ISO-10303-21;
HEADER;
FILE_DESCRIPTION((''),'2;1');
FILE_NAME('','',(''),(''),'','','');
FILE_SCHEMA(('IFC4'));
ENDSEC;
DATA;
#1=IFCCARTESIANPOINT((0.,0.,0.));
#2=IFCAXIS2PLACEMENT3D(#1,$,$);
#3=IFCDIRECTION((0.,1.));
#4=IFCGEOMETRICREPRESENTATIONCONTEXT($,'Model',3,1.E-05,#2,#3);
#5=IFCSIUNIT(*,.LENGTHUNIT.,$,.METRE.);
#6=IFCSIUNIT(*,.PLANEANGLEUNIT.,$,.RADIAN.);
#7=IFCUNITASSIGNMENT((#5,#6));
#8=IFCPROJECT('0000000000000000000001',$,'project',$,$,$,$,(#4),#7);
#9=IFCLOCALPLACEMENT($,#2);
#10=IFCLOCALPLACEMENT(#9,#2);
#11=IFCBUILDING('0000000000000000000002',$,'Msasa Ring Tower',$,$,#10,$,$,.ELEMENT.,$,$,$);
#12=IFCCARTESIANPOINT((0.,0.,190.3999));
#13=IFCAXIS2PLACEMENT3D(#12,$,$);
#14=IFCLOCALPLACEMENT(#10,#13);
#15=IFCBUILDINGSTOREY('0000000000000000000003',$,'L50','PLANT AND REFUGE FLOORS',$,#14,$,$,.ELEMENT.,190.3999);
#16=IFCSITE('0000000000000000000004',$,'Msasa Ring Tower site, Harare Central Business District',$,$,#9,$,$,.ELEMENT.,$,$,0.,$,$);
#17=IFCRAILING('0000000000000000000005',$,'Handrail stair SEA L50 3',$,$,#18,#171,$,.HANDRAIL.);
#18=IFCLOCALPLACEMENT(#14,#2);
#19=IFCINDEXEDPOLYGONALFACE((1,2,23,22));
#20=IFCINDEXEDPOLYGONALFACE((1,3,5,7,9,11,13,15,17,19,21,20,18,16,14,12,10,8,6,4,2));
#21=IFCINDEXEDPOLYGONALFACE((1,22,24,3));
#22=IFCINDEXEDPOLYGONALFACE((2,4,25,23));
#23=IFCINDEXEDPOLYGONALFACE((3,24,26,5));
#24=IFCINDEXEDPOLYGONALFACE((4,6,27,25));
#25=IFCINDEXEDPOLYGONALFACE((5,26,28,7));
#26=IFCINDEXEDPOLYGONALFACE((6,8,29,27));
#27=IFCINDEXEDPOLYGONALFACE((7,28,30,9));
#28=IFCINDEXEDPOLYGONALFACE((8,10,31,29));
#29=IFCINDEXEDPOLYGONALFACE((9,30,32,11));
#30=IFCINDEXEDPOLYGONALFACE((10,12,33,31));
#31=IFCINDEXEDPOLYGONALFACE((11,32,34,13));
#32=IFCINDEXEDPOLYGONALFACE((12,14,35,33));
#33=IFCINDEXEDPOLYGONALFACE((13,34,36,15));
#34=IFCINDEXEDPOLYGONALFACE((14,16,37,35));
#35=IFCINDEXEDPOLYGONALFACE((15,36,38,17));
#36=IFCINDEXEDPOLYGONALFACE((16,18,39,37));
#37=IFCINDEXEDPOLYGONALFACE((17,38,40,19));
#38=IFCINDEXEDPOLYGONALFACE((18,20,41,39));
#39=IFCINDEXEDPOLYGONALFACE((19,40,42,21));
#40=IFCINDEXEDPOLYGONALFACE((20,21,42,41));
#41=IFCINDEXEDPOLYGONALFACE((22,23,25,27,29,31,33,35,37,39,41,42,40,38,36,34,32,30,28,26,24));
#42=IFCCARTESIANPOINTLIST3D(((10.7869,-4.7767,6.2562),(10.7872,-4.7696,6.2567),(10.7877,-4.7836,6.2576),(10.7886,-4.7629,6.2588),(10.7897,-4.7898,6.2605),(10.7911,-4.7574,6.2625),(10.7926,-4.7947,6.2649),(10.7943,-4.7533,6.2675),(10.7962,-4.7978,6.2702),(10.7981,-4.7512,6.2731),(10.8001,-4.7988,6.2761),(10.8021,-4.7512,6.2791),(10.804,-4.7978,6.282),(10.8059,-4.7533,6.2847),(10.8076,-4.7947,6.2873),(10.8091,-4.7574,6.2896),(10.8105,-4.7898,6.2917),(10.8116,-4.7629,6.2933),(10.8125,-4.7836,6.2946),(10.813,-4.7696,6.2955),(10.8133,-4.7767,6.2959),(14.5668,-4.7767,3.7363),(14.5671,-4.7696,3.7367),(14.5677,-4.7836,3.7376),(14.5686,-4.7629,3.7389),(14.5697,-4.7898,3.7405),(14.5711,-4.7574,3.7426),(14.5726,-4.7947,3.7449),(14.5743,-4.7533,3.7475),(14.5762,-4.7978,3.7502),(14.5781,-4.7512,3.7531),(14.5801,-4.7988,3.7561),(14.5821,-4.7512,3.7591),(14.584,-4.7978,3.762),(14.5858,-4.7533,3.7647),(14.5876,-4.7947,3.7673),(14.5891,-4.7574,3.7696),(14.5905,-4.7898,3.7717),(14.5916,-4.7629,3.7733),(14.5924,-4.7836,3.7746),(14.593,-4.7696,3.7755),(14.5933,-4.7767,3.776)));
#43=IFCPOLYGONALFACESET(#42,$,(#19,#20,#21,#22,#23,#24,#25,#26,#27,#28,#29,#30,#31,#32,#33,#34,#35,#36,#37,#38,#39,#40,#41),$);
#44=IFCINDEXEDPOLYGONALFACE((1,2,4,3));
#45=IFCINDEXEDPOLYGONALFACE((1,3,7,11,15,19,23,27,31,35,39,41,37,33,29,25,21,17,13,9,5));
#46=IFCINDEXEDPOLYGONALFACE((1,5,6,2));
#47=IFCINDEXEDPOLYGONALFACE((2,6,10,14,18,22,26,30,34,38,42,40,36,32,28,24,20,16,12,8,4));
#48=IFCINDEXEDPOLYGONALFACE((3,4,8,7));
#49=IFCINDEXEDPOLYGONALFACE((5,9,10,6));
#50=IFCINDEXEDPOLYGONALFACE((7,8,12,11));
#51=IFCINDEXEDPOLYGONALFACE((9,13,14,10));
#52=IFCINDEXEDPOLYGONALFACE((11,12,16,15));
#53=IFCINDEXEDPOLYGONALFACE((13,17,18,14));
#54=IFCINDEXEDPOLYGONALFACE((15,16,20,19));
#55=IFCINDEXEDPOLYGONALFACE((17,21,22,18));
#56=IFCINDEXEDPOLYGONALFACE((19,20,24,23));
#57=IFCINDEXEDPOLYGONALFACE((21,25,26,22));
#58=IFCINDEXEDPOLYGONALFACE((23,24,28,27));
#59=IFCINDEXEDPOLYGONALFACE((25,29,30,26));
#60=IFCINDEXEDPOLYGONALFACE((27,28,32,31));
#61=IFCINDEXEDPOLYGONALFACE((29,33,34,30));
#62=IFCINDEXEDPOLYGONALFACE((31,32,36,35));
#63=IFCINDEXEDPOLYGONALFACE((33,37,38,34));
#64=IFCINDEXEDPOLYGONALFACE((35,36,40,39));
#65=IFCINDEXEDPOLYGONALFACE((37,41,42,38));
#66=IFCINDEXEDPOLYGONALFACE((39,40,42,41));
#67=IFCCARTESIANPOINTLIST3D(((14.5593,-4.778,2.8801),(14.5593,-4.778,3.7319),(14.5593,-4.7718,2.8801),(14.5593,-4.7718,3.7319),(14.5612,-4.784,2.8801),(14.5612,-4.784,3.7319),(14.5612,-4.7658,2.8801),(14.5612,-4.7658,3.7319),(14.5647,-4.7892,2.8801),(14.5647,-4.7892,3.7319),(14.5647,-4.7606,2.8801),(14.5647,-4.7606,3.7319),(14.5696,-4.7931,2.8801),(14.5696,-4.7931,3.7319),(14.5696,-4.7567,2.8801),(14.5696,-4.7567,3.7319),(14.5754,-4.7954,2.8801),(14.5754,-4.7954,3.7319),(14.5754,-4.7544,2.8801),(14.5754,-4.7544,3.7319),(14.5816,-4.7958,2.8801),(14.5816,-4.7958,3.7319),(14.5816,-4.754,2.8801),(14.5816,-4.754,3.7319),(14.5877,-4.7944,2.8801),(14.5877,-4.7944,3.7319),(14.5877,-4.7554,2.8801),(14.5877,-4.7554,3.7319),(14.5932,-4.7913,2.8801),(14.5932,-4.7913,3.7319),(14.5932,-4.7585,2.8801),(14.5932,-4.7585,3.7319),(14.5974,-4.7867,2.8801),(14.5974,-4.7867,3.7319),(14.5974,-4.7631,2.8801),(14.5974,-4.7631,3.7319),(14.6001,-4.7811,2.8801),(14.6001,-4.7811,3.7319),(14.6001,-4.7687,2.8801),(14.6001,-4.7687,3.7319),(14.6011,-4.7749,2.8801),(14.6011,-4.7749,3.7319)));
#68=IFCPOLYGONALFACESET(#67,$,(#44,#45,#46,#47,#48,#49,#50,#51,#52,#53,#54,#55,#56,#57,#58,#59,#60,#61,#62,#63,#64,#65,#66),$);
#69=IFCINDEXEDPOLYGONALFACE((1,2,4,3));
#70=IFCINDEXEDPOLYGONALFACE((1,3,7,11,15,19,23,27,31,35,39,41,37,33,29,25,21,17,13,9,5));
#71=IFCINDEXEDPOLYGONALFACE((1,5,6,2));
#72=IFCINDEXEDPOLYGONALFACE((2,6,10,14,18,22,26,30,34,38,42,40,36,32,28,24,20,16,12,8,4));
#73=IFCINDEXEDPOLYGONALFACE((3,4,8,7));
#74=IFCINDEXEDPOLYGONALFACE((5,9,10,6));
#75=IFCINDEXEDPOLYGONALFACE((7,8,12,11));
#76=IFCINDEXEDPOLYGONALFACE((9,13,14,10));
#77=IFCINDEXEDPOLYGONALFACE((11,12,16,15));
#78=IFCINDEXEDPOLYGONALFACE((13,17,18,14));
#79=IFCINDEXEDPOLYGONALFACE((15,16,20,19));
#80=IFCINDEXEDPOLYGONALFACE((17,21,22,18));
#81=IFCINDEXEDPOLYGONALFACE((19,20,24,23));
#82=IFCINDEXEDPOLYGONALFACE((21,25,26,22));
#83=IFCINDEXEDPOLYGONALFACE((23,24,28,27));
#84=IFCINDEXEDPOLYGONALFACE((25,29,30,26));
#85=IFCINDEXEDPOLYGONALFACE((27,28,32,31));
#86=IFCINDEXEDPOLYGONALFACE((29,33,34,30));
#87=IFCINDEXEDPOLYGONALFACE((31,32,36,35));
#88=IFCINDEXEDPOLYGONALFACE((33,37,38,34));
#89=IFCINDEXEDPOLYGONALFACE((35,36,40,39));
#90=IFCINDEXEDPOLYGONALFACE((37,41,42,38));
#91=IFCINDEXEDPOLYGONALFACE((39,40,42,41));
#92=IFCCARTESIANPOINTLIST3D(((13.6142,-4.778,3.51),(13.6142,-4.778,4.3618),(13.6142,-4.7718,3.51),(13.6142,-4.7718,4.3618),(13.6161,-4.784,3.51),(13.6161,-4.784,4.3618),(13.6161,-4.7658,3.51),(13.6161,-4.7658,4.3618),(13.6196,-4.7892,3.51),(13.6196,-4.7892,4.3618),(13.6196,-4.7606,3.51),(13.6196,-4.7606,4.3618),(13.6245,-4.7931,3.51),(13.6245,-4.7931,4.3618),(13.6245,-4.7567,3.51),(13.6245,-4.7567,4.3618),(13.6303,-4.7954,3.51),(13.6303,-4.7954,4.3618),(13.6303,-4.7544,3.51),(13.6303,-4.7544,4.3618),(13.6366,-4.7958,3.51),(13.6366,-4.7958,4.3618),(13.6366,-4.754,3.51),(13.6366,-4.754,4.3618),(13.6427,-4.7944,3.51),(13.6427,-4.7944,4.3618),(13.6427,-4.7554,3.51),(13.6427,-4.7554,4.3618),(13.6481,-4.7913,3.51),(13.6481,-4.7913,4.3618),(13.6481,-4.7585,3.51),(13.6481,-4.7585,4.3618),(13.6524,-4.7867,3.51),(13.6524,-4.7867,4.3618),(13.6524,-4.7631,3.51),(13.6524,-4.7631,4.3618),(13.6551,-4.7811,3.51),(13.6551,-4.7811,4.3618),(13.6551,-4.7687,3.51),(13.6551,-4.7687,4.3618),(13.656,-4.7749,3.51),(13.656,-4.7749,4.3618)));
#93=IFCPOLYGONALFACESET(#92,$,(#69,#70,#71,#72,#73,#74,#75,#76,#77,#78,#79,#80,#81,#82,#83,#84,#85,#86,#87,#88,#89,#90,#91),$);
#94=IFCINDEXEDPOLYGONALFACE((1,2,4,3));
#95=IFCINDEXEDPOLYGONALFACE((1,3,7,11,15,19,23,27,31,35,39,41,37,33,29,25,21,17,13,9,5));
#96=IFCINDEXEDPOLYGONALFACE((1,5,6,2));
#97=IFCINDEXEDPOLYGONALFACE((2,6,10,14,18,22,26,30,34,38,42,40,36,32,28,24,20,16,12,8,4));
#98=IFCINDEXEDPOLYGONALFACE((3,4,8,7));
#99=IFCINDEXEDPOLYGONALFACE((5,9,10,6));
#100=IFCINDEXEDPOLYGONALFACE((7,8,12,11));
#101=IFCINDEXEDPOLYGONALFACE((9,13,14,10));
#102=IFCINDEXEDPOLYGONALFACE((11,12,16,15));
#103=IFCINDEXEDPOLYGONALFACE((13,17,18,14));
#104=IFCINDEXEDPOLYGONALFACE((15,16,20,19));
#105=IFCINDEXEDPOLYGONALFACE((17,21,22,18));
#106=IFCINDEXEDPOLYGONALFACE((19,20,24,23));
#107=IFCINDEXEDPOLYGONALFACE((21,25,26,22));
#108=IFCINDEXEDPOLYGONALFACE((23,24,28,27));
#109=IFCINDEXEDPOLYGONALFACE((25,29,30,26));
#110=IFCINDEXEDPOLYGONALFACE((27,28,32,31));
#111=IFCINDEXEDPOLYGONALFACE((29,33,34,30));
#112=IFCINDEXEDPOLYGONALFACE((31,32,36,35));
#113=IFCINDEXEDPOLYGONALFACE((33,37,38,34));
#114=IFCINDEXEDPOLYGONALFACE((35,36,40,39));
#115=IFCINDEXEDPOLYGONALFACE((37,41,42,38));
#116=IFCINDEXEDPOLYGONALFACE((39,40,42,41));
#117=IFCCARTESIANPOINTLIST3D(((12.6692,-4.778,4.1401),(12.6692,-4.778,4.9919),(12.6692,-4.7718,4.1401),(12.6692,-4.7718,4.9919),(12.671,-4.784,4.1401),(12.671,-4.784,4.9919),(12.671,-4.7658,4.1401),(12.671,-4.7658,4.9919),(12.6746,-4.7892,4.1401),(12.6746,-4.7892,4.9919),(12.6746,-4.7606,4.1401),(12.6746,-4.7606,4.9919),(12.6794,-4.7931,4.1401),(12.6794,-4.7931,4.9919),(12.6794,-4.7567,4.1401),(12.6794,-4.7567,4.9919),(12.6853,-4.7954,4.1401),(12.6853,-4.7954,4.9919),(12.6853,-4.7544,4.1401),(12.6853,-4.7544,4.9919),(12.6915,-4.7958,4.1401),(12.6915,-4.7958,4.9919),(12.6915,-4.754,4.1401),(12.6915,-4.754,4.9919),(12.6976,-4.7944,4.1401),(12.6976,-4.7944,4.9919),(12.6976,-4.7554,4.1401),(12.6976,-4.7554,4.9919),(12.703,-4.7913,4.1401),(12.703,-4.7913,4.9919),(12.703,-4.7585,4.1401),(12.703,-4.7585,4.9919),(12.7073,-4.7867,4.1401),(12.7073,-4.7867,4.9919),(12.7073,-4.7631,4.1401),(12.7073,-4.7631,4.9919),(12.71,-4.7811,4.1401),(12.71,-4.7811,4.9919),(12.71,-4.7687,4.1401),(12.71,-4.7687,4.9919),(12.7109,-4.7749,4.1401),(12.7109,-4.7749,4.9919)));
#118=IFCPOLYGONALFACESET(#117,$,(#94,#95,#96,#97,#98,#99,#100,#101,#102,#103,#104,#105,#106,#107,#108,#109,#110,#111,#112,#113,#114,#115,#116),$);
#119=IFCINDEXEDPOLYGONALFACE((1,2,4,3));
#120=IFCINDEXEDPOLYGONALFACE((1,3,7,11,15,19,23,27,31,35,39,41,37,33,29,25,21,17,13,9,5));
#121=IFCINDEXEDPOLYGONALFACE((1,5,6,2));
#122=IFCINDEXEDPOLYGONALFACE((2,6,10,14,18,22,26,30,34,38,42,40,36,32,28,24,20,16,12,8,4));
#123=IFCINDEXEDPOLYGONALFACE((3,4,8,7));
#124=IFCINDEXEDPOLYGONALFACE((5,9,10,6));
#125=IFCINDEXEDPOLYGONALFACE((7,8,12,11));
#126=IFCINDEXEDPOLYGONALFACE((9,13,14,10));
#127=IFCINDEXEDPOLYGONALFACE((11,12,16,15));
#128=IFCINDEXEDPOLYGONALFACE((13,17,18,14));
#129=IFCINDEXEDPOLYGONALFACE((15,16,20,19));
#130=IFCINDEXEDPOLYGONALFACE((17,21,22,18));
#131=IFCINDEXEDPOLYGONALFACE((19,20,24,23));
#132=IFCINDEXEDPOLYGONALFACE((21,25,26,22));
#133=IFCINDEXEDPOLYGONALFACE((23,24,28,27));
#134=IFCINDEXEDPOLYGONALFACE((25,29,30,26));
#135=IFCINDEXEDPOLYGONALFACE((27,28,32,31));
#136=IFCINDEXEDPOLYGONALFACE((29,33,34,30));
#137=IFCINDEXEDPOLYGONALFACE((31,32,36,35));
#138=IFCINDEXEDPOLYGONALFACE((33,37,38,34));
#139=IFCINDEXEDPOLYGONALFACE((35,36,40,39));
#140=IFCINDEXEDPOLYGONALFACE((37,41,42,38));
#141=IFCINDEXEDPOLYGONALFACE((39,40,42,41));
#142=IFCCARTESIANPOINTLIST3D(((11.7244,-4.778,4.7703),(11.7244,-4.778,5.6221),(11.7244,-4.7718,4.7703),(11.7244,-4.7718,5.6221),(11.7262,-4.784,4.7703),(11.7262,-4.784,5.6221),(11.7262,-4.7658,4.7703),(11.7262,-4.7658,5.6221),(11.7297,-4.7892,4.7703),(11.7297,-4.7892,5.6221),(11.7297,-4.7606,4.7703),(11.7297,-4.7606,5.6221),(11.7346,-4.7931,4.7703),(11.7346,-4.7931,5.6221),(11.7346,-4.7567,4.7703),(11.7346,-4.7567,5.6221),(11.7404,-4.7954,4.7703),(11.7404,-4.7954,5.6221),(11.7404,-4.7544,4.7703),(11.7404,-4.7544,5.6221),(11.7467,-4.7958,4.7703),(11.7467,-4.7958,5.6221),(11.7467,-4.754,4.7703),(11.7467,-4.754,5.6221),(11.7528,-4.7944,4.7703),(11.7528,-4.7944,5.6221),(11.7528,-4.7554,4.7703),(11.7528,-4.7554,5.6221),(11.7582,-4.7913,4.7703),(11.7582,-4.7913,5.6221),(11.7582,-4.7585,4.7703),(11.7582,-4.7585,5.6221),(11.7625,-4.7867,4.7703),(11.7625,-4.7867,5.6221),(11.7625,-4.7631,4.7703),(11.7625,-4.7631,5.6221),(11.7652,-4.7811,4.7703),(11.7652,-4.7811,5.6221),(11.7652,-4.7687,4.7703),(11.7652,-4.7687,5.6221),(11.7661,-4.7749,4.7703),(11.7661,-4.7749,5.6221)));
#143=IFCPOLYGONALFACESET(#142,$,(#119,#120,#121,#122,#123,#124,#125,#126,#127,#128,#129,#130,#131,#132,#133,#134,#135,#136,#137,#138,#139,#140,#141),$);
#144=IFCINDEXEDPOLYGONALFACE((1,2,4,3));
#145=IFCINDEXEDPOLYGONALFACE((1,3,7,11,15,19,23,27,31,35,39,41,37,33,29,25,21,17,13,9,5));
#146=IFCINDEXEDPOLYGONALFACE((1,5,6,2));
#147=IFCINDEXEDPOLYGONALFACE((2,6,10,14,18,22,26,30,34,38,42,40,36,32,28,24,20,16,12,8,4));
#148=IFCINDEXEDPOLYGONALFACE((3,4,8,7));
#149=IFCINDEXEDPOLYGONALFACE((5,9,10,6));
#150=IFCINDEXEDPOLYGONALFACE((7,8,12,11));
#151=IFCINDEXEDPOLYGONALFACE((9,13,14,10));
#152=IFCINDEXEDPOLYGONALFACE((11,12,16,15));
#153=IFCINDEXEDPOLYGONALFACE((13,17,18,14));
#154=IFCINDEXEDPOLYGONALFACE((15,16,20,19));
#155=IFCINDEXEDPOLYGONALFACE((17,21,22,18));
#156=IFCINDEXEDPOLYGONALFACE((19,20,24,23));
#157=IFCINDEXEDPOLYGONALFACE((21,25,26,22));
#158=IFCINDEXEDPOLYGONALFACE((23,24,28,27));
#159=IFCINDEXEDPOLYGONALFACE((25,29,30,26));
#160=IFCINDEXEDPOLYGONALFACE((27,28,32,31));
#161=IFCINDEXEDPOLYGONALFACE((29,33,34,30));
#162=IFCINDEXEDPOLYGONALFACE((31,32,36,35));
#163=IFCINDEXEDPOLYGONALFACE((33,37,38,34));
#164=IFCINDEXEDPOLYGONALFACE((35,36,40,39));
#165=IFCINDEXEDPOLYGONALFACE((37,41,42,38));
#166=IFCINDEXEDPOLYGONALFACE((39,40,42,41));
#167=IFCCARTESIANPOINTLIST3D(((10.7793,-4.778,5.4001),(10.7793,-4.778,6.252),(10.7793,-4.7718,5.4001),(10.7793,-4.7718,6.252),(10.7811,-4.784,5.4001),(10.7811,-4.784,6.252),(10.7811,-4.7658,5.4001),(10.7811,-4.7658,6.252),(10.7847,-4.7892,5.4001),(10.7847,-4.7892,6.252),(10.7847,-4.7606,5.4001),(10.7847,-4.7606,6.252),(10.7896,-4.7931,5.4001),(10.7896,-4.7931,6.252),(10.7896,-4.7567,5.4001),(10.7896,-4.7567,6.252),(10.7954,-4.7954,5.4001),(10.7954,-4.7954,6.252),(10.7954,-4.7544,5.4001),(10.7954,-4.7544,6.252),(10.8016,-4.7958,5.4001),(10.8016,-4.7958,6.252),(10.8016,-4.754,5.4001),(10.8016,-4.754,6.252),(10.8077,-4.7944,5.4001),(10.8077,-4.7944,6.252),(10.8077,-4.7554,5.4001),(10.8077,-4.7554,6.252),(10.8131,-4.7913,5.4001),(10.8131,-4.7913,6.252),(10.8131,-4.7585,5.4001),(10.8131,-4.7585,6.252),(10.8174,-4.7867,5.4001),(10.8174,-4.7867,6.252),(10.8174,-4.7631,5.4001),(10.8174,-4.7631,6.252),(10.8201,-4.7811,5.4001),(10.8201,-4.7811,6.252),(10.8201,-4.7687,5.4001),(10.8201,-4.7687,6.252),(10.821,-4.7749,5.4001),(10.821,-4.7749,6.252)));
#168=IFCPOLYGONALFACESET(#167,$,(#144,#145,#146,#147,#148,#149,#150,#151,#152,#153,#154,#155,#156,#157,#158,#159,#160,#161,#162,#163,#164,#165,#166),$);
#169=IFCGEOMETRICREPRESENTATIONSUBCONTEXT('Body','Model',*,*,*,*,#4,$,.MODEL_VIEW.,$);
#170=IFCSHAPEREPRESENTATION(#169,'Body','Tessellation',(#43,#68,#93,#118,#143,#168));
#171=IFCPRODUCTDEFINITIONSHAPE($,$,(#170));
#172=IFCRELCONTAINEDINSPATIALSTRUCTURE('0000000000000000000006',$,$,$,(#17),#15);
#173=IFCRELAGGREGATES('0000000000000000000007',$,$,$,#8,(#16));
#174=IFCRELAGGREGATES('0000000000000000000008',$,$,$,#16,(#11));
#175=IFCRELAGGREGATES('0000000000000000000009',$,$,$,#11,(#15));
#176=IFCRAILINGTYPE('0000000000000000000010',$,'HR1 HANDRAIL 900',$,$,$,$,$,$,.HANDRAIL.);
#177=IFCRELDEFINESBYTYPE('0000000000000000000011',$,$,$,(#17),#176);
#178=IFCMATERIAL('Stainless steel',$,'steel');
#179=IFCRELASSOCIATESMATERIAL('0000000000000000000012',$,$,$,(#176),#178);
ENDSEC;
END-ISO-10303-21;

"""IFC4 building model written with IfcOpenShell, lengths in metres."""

from ifc_helpers import new_model, si_unit, direction, frame, origin, origin_2d, place, context, subcontext, project, spatial, circle, extrude, material, type_object, element, save


model = new_model("IFC4")

# Units and contexts
model_context = context("Model", 3, precision=1e-05, world=origin(), true_north=direction((0.0, 1.0)))
body_context = subcontext(model_context, "Body", "Model", "MODEL_VIEW")
ifc_project = project(units=[si_unit("LENGTHUNIT", "METRE"), si_unit("PLANEANGLEUNIT", "RADIAN")], contexts=[model_context])

# Site, building, storey
site_placement = place(None, origin())
site = spatial("IfcSite", under=ifc_project, at=site_placement, Name="Msasa Ring Tower site, Harare Central Business District", CompositionType="ELEMENT", RefElevation=0.0)
building_placement = place(site_placement, origin())
building = spatial("IfcBuilding", under=site, at=building_placement, Name="Msasa Ring Tower", CompositionType="ELEMENT")
storey_placement = place(building_placement, frame((0.0, 0.0, 190.3999)))
storey = spatial("IfcBuildingStorey", under=building, at=storey_placement, Name="L50", Description="PLANT AND REFUGE FLOORS", CompositionType="ELEMENT", Elevation=190.3999)

# Railing
ifc_material_1 = material(Name="Stainless steel", Category="steel")
railing_type = type_object("IfcRailingType", Name="HR1 HANDRAIL 900", PredefinedType="HANDRAIL", material=ifc_material_1)
for number, where, name in (
    (1, (14.5801, -4.7749, 2.8801), "Handrail stair SEA L50 3"),
):
    element("IfcRailing", number, at=place(storey_placement, frame(where)), inside=storey, type_object=railing_type, Name=name, PredefinedType="HANDRAIL", context=body_context, shape_type="SweptSolid", body=[
        extrude(circle(Radius=0.0239, at=origin_2d()), frame((0.0, 0.0, 0.876), z_axis=(-0.83205, 0.0, 0.5547), x_axis=(0.0, -1.0, 0.0)), (0.0, 0.0, 1.0), 4.543),
        extrude(circle(Radius=0.021, at=origin_2d()), origin(), (0.0, 0.0, 1.0), 0.8518),
        extrude(circle(Radius=0.021, at=origin_2d()), frame((-0.9451, 0.0, 0.6299)), (0.0, 0.0, 1.0), 0.8518),
        extrude(circle(Radius=0.021, at=origin_2d()), frame((-1.8901, 0.0, 1.26)), (0.0, 0.0, 1.0), 0.8518),
        extrude(circle(Radius=0.021, at=origin_2d()), frame((-2.835, 0.0, 1.8901)), (0.0, 0.0, 1.0), 0.8518),
        extrude(circle(Radius=0.021, at=origin_2d()), frame((-3.78, 0.0, 2.52)), (0.0, 0.0, 1.0), 0.8518),
    ])

save(model, "model.ifc")
